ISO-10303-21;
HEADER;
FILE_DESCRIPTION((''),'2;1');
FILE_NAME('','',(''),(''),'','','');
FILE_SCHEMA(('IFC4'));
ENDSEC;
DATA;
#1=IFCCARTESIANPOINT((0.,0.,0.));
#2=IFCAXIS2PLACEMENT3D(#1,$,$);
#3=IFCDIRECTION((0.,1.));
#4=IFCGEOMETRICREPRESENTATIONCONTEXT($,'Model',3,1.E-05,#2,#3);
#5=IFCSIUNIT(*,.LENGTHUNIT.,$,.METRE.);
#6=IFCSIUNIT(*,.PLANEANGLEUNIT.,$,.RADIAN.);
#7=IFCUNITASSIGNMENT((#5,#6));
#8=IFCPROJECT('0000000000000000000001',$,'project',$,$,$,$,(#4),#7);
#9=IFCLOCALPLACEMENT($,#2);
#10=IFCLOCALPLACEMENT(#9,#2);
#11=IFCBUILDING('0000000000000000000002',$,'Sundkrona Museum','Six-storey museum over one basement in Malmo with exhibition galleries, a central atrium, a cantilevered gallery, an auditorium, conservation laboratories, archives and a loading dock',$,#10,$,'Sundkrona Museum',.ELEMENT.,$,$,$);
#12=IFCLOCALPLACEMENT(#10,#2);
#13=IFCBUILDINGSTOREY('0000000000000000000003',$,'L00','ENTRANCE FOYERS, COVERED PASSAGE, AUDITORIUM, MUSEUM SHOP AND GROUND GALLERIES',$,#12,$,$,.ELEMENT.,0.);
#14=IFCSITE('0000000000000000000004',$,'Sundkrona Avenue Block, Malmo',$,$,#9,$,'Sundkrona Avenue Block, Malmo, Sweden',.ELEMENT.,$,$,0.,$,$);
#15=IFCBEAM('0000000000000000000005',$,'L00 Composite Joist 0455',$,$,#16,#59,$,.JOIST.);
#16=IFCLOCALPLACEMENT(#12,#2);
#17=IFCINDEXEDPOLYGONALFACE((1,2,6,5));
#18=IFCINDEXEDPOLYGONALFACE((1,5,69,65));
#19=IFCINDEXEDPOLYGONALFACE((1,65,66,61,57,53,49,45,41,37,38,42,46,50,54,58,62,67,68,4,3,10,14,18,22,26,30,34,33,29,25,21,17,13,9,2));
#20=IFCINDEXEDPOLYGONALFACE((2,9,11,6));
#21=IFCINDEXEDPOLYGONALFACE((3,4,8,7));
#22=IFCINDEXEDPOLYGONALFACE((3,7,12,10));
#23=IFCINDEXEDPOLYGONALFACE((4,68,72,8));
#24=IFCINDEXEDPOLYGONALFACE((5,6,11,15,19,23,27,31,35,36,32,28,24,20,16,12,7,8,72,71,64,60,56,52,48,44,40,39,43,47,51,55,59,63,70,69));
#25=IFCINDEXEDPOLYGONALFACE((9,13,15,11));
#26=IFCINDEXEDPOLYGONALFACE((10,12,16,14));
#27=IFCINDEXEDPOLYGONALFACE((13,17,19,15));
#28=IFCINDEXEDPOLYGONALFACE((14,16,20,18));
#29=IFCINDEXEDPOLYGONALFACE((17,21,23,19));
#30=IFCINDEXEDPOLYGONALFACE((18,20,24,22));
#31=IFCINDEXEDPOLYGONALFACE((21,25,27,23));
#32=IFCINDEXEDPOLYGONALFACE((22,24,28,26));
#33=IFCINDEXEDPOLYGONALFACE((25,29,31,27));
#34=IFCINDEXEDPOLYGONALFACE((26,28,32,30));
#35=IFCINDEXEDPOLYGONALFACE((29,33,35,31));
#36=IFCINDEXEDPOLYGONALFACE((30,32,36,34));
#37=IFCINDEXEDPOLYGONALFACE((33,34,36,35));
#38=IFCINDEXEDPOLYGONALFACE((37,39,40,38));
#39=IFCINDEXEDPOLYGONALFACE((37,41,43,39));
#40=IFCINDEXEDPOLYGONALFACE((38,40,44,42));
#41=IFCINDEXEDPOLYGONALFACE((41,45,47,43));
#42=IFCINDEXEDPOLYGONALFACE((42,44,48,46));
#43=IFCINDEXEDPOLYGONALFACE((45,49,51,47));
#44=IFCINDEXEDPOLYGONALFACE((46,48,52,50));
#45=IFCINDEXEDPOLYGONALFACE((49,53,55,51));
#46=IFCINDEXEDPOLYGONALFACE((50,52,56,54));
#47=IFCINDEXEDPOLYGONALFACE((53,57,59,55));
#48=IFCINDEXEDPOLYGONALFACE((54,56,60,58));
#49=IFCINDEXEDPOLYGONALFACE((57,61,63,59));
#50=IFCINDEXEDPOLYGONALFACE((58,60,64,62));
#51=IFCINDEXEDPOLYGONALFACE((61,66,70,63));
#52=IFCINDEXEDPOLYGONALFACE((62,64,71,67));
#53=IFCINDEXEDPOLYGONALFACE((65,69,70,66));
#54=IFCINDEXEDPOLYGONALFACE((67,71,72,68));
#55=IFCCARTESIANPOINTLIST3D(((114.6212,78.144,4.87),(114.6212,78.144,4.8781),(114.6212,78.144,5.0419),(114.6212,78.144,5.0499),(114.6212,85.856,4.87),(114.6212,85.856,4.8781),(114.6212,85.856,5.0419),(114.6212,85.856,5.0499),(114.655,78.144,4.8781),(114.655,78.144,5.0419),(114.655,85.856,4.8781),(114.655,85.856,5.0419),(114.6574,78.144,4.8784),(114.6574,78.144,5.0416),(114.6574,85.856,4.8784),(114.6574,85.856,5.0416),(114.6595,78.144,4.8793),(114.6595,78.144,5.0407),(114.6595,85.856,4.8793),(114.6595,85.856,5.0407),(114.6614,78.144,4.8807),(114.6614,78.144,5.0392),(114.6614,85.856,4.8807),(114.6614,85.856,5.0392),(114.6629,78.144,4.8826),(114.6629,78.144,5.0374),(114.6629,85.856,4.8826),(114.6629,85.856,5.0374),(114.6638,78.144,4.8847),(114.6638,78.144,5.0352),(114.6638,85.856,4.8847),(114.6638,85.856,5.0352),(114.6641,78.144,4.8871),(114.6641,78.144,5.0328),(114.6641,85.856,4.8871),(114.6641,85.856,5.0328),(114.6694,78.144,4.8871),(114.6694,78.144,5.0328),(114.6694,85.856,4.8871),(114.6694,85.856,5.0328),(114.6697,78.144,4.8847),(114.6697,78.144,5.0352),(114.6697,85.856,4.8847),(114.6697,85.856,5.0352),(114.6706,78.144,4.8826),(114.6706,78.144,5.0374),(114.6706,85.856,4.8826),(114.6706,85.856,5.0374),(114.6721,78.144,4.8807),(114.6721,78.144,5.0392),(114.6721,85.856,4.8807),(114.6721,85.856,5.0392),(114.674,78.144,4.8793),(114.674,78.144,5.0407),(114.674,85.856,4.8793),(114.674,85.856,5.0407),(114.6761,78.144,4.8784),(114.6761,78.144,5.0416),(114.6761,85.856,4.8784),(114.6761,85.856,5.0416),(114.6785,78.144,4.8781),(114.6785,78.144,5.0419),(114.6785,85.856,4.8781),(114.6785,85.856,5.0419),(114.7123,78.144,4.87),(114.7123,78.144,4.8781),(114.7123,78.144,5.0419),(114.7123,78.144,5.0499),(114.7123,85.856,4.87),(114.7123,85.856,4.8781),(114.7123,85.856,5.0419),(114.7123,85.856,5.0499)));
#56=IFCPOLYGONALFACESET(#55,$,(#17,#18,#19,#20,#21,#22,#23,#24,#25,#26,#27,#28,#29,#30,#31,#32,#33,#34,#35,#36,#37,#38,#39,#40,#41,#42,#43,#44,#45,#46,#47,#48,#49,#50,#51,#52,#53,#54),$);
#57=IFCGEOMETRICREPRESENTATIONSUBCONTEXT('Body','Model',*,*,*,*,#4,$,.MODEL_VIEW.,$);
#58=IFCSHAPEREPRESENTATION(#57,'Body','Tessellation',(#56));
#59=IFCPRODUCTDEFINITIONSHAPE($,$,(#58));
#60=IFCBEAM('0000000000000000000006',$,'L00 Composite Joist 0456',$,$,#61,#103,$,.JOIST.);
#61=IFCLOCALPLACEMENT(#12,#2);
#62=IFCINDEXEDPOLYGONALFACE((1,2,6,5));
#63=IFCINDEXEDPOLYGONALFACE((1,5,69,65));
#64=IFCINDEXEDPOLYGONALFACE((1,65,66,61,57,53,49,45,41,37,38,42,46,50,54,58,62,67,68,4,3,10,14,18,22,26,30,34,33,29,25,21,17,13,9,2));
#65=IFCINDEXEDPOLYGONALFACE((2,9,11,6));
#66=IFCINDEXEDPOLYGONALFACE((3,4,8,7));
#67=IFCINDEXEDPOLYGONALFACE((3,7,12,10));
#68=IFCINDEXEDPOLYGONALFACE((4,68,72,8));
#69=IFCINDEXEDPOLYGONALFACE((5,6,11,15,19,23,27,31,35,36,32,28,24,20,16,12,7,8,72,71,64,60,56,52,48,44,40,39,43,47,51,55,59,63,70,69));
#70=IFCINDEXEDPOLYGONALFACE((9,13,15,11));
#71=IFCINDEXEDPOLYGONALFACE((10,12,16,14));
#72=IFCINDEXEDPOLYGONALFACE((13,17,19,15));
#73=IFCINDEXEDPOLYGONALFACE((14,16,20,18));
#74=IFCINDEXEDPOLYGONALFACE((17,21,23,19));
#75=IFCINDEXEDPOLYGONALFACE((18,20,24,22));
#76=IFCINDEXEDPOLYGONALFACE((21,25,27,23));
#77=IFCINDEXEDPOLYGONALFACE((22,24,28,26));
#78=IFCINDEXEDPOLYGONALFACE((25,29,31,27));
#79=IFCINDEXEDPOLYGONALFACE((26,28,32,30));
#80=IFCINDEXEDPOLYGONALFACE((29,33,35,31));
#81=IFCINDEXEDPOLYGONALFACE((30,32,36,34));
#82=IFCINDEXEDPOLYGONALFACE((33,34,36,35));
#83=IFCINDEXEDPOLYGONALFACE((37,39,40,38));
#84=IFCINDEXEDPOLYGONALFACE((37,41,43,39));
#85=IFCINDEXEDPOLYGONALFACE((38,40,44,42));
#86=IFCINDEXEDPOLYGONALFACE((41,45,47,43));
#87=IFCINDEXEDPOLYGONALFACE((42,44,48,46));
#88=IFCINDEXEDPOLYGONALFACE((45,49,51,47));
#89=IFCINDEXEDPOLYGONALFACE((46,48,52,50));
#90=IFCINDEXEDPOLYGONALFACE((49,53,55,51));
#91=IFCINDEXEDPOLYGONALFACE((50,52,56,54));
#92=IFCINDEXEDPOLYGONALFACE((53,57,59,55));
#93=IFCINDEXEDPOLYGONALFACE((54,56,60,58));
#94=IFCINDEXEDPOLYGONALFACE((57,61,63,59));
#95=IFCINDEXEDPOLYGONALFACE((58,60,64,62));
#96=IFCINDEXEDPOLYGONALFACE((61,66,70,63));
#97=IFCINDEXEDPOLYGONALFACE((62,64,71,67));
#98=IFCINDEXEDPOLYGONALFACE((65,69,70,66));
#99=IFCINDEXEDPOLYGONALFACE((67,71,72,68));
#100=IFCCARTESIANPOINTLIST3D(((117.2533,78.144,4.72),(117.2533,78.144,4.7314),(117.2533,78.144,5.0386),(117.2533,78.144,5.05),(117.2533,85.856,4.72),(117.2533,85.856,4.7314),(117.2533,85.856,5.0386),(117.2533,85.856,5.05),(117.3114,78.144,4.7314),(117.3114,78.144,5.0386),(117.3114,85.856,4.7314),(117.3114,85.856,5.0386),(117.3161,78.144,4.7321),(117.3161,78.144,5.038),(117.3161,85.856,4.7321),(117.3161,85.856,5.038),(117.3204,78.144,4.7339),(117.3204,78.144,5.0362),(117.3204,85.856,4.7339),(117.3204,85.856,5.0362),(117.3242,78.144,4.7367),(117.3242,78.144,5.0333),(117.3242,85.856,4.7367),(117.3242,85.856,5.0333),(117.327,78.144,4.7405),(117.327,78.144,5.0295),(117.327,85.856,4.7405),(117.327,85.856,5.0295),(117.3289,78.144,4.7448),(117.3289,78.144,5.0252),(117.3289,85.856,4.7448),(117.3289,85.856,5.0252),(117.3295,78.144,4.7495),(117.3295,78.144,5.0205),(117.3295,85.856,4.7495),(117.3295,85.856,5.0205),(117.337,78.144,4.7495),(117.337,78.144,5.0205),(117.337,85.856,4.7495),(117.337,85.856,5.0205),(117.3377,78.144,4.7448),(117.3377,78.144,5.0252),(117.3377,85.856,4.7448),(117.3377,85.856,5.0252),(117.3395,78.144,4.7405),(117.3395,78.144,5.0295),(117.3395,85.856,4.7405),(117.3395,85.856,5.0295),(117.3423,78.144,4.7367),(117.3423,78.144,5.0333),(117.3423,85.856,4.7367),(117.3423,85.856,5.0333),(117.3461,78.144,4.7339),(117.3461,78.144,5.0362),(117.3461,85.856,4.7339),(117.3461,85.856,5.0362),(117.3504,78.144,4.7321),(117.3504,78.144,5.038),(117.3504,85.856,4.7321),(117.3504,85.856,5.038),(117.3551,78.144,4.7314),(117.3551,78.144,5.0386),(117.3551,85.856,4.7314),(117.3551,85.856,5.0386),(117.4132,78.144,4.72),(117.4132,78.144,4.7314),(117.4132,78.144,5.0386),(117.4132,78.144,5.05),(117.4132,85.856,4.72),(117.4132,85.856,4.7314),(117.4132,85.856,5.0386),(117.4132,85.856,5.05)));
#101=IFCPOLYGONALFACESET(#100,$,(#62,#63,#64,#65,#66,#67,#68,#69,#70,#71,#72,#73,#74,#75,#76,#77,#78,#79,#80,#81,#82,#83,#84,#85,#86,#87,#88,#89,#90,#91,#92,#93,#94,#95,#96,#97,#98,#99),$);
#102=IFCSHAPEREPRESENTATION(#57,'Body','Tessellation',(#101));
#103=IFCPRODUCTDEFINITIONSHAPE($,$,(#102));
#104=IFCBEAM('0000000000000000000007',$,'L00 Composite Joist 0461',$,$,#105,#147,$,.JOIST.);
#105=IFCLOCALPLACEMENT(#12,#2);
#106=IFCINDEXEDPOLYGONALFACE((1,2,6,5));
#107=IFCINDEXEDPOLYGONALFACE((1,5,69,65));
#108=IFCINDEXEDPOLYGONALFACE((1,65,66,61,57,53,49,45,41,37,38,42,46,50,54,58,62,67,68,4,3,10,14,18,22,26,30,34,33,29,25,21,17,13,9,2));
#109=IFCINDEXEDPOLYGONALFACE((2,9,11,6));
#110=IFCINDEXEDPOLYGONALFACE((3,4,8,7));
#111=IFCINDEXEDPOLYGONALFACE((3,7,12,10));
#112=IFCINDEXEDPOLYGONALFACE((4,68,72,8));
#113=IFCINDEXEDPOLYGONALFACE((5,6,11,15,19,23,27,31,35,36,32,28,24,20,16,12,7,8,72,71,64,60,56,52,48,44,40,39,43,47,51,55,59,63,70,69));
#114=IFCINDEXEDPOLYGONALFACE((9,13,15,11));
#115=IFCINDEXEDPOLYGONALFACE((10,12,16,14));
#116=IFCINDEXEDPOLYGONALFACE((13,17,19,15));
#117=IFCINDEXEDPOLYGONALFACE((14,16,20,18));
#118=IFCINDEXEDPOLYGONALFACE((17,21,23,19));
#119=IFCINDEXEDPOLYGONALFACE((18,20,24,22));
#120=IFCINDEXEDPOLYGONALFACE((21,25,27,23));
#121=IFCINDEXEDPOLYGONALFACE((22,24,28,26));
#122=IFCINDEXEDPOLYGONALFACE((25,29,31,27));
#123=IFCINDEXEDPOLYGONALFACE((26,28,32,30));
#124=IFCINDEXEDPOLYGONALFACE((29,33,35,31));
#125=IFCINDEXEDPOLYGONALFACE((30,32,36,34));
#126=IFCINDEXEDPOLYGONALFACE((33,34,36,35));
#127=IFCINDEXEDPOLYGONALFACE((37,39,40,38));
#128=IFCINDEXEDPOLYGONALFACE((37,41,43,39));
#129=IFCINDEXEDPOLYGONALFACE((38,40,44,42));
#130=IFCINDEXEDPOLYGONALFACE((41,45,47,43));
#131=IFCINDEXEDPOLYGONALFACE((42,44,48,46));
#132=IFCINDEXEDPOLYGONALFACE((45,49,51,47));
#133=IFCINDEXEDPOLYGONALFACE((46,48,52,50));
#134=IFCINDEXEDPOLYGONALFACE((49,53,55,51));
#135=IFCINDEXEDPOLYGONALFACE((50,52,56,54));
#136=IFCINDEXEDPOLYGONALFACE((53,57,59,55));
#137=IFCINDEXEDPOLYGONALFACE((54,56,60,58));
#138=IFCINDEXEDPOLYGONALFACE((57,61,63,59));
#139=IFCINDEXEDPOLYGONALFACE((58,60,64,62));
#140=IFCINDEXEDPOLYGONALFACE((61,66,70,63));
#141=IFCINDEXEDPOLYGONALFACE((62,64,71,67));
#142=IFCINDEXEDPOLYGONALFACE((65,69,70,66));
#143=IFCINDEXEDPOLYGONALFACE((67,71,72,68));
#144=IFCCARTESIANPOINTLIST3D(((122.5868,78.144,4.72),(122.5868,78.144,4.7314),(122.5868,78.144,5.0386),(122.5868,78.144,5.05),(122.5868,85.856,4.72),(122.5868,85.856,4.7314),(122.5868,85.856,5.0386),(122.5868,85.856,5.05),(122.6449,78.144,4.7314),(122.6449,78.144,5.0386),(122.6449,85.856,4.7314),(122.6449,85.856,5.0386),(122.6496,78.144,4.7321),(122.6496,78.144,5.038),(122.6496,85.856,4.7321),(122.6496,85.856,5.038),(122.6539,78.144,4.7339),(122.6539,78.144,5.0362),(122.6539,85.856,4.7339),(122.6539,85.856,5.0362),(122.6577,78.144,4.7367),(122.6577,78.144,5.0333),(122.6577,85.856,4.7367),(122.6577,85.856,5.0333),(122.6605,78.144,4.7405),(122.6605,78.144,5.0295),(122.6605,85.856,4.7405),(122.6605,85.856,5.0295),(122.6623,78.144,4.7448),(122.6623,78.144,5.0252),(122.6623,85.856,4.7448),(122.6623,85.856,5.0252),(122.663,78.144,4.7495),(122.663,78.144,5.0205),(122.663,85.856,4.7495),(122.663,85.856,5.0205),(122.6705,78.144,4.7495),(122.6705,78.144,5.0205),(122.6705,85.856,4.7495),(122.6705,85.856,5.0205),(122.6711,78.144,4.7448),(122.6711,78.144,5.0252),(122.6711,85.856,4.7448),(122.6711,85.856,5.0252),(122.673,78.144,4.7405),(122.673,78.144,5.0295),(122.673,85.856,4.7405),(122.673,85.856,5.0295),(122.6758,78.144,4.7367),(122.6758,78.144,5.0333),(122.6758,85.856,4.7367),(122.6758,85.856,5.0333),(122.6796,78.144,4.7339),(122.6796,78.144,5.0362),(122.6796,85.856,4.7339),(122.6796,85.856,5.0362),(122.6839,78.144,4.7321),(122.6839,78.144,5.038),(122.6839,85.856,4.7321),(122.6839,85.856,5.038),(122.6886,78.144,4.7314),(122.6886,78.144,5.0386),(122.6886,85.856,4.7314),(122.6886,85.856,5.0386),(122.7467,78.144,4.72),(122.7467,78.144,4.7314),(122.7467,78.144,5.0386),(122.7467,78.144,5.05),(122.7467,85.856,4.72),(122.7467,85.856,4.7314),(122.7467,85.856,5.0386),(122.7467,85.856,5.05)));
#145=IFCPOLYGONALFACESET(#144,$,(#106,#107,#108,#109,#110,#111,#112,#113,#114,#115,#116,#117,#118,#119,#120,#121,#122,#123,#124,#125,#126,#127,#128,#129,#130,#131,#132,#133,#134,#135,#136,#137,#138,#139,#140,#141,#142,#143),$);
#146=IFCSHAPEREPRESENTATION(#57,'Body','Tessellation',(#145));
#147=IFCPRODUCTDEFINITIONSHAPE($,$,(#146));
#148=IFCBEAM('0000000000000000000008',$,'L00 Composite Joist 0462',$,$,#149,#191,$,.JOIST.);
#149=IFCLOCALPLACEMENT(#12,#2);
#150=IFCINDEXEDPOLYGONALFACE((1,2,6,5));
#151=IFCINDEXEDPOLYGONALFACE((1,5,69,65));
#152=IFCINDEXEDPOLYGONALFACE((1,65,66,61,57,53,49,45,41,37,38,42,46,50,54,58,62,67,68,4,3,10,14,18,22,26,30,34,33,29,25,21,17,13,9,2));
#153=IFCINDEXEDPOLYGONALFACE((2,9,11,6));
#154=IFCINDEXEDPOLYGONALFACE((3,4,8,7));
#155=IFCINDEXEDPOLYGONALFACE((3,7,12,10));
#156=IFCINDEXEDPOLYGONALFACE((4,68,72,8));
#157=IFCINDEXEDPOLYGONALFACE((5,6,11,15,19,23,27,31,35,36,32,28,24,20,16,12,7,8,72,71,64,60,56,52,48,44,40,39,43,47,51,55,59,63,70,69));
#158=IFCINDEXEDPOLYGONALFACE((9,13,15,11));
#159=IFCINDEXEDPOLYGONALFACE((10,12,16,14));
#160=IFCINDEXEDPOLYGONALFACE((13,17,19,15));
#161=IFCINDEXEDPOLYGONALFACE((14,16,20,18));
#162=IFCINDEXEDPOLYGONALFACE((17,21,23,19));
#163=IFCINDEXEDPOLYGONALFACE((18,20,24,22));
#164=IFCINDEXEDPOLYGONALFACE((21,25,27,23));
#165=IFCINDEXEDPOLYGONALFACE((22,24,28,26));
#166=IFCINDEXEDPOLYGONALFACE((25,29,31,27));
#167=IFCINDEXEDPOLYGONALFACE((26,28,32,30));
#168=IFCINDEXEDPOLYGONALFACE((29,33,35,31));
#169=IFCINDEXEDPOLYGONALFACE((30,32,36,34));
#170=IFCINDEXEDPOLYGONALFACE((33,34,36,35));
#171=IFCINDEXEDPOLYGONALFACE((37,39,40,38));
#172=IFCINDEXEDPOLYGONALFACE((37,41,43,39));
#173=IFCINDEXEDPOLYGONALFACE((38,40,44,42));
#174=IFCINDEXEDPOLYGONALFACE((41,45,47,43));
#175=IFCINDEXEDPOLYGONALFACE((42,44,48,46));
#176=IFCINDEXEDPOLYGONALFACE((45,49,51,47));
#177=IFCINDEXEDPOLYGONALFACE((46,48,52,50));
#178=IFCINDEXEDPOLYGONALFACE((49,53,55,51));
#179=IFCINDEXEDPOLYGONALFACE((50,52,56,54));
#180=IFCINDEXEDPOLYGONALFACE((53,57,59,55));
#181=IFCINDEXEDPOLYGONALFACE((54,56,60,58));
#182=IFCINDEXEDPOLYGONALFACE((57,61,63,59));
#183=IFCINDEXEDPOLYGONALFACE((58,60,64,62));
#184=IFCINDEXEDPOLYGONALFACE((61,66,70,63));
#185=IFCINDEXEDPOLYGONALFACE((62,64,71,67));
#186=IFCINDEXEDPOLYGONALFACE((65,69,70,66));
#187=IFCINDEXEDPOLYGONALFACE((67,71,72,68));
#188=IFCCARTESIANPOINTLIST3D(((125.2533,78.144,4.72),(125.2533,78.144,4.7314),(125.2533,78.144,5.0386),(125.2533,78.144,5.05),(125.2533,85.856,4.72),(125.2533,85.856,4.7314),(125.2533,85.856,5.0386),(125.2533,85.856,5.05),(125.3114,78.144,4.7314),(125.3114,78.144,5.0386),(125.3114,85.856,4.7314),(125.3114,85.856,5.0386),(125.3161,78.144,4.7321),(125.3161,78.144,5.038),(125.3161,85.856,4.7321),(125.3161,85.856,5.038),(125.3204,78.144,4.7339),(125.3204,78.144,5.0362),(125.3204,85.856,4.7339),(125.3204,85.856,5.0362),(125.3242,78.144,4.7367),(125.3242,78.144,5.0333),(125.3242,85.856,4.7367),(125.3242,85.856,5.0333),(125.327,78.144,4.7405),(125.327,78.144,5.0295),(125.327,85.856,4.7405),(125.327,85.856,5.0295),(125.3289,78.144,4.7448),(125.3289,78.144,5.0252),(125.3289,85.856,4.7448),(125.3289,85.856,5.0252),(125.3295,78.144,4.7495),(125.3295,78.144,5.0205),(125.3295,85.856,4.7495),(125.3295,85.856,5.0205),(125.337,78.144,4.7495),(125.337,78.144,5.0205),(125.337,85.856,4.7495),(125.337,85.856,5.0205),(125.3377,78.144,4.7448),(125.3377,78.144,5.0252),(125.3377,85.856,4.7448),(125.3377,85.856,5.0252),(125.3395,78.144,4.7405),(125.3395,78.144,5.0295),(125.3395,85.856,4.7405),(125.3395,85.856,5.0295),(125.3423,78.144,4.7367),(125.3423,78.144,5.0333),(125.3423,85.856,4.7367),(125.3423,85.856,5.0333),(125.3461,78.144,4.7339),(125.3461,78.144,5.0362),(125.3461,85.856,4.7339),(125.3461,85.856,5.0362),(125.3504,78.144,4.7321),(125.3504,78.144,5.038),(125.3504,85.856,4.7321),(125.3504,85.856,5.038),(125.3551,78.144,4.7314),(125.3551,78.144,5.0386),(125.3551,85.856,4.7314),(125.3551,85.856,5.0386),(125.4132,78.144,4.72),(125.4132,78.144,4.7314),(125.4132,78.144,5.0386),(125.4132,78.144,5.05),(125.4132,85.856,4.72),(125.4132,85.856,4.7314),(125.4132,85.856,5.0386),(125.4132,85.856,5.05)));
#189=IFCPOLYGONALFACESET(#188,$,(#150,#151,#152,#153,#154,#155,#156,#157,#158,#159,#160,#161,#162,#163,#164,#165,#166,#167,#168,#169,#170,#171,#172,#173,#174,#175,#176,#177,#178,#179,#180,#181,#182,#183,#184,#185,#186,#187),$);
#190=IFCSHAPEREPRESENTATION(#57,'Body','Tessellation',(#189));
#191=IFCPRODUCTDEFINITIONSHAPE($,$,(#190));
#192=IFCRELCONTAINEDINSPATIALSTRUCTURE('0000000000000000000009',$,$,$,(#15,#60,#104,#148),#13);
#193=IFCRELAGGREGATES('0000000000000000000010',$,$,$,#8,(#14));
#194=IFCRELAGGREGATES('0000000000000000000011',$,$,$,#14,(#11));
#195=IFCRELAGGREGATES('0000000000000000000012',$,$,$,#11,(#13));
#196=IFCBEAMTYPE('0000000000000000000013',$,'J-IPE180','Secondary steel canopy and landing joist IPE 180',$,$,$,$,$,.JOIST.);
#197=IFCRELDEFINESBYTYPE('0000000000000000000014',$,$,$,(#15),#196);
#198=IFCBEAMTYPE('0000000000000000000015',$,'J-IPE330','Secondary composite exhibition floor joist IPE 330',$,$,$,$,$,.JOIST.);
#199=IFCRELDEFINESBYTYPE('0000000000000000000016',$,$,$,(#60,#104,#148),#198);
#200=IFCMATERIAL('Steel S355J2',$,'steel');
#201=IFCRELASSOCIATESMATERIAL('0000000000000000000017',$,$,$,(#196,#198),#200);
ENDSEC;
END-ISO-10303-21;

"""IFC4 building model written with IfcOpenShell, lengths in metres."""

from ifc_helpers import new_model, si_unit, direction, frame, origin, origin_2d, place, context, subcontext, project, spatial, i_section, extrude, material, material_profile, profile_set, type_object, element, save


model = new_model("IFC4")

# Units and contexts
model_context = context("Model", 3, precision=1e-05, world=origin(), true_north=direction((0.0, 1.0)))
body_context = subcontext(model_context, "Body", "Model", "MODEL_VIEW")
ifc_project = project(units=[si_unit("LENGTHUNIT", "METRE"), si_unit("PLANEANGLEUNIT", "RADIAN")], contexts=[model_context])

# Site, building, storey
site_placement = place(None, origin())
site = spatial("IfcSite", under=ifc_project, at=site_placement, Name="Sundkrona Avenue Block, Malmo", LongName="Sundkrona Avenue Block, Malmo, Sweden", CompositionType="ELEMENT", RefElevation=0.0)
building_placement = place(site_placement, origin())
building = spatial("IfcBuilding", under=site, at=building_placement, Name="Sundkrona Museum", Description="Six-storey museum over one basement in Malmo with exhibition galleries, a central atrium, a cantilevered gallery, an auditorium, conservation laboratories, archives and a loading dock", LongName="Sundkrona Museum", CompositionType="ELEMENT")
storey_placement = place(building_placement, origin())
storey = spatial("IfcBuildingStorey", under=building, at=storey_placement, Name="L00", Description="ENTRANCE FOYERS, COVERED PASSAGE, AUDITORIUM, MUSEUM SHOP AND GROUND GALLERIES", CompositionType="ELEMENT", Elevation=0.0)

# Shared definitions
ifc_material_1 = material(Name="Steel S355J2", Category="steel")

# Beams
ifc_material_profile_1 = material_profile(ifc_material_1, i_section(OverallWidth=0.0911, OverallDepth=0.1799, WebThickness=0.0054, FlangeThickness=0.0081, FilletRadius=0.009, at=origin_2d()), Name="IPE 180")
ifc_profile_set_1 = profile_set([ifc_material_profile_1], Name="Steel S355J2")
beam_type_1 = type_object("IfcBeamType", Name="J-IPE180", Description="Secondary steel canopy and landing joist IPE 180", PredefinedType="JOIST", material=ifc_profile_set_1)
beam_placement = place(storey_placement, frame((114.6667, 78.144, 4.96), z_axis=(0.0, 1.0, 0.0), x_axis=(-1.0, 0.0, 0.0)))
element("IfcBeam", 1, at=beam_placement, inside=storey, type_object=beam_type_1, Name="L00 Composite Joist 0455", PredefinedType="JOIST", context=body_context, shape_type="SweptSolid", body=[
    extrude(i_section(OverallWidth=0.0911, OverallDepth=0.1799, WebThickness=0.0054, FlangeThickness=0.0081, FilletRadius=0.009, at=origin_2d()), origin(), (0.0, 0.0, 1.0), 7.7119),
])
ifc_material_profile_2 = material_profile(ifc_material_1, i_section(OverallWidth=0.1599, OverallDepth=0.3301, WebThickness=0.0076, FlangeThickness=0.0115, FilletRadius=0.0181, at=origin_2d()), Name="IPE 330")
ifc_profile_set_2 = profile_set([ifc_material_profile_2], Name="Steel S355J2")
beam_type_2 = type_object("IfcBeamType", Name="J-IPE330", Description="Secondary composite exhibition floor joist IPE 330", PredefinedType="JOIST", material=ifc_profile_set_2)
for number, where, z_axis, x_axis, name in (
    (2, (117.3333, 78.144, 4.885), (0.0, 1.0, 0.0), (-1.0, 0.0, 0.0), "L00 Composite Joist 0456"),
    (3, (122.6667, 78.144, 4.885), (0.0, 1.0, 0.0), (-1.0, 0.0, 0.0), "L00 Composite Joist 0461"),
    (4, (125.3333, 78.144, 4.885), (0.0, 1.0, 0.0), (-1.0, 0.0, 0.0), "L00 Composite Joist 0462"),
):
    element("IfcBeam", number, at=place(storey_placement, frame(where, z_axis=z_axis, x_axis=x_axis)), inside=storey, type_object=beam_type_2, Name=name, PredefinedType="JOIST", context=body_context, shape_type="SweptSolid", body=[
        extrude(i_section(OverallWidth=0.1599, OverallDepth=0.3301, WebThickness=0.0076, FlangeThickness=0.0115, FilletRadius=0.0181, at=origin_2d()), origin(), (0.0, 0.0, 1.0), 7.7119),
    ])

save(model, "model.ifc")
